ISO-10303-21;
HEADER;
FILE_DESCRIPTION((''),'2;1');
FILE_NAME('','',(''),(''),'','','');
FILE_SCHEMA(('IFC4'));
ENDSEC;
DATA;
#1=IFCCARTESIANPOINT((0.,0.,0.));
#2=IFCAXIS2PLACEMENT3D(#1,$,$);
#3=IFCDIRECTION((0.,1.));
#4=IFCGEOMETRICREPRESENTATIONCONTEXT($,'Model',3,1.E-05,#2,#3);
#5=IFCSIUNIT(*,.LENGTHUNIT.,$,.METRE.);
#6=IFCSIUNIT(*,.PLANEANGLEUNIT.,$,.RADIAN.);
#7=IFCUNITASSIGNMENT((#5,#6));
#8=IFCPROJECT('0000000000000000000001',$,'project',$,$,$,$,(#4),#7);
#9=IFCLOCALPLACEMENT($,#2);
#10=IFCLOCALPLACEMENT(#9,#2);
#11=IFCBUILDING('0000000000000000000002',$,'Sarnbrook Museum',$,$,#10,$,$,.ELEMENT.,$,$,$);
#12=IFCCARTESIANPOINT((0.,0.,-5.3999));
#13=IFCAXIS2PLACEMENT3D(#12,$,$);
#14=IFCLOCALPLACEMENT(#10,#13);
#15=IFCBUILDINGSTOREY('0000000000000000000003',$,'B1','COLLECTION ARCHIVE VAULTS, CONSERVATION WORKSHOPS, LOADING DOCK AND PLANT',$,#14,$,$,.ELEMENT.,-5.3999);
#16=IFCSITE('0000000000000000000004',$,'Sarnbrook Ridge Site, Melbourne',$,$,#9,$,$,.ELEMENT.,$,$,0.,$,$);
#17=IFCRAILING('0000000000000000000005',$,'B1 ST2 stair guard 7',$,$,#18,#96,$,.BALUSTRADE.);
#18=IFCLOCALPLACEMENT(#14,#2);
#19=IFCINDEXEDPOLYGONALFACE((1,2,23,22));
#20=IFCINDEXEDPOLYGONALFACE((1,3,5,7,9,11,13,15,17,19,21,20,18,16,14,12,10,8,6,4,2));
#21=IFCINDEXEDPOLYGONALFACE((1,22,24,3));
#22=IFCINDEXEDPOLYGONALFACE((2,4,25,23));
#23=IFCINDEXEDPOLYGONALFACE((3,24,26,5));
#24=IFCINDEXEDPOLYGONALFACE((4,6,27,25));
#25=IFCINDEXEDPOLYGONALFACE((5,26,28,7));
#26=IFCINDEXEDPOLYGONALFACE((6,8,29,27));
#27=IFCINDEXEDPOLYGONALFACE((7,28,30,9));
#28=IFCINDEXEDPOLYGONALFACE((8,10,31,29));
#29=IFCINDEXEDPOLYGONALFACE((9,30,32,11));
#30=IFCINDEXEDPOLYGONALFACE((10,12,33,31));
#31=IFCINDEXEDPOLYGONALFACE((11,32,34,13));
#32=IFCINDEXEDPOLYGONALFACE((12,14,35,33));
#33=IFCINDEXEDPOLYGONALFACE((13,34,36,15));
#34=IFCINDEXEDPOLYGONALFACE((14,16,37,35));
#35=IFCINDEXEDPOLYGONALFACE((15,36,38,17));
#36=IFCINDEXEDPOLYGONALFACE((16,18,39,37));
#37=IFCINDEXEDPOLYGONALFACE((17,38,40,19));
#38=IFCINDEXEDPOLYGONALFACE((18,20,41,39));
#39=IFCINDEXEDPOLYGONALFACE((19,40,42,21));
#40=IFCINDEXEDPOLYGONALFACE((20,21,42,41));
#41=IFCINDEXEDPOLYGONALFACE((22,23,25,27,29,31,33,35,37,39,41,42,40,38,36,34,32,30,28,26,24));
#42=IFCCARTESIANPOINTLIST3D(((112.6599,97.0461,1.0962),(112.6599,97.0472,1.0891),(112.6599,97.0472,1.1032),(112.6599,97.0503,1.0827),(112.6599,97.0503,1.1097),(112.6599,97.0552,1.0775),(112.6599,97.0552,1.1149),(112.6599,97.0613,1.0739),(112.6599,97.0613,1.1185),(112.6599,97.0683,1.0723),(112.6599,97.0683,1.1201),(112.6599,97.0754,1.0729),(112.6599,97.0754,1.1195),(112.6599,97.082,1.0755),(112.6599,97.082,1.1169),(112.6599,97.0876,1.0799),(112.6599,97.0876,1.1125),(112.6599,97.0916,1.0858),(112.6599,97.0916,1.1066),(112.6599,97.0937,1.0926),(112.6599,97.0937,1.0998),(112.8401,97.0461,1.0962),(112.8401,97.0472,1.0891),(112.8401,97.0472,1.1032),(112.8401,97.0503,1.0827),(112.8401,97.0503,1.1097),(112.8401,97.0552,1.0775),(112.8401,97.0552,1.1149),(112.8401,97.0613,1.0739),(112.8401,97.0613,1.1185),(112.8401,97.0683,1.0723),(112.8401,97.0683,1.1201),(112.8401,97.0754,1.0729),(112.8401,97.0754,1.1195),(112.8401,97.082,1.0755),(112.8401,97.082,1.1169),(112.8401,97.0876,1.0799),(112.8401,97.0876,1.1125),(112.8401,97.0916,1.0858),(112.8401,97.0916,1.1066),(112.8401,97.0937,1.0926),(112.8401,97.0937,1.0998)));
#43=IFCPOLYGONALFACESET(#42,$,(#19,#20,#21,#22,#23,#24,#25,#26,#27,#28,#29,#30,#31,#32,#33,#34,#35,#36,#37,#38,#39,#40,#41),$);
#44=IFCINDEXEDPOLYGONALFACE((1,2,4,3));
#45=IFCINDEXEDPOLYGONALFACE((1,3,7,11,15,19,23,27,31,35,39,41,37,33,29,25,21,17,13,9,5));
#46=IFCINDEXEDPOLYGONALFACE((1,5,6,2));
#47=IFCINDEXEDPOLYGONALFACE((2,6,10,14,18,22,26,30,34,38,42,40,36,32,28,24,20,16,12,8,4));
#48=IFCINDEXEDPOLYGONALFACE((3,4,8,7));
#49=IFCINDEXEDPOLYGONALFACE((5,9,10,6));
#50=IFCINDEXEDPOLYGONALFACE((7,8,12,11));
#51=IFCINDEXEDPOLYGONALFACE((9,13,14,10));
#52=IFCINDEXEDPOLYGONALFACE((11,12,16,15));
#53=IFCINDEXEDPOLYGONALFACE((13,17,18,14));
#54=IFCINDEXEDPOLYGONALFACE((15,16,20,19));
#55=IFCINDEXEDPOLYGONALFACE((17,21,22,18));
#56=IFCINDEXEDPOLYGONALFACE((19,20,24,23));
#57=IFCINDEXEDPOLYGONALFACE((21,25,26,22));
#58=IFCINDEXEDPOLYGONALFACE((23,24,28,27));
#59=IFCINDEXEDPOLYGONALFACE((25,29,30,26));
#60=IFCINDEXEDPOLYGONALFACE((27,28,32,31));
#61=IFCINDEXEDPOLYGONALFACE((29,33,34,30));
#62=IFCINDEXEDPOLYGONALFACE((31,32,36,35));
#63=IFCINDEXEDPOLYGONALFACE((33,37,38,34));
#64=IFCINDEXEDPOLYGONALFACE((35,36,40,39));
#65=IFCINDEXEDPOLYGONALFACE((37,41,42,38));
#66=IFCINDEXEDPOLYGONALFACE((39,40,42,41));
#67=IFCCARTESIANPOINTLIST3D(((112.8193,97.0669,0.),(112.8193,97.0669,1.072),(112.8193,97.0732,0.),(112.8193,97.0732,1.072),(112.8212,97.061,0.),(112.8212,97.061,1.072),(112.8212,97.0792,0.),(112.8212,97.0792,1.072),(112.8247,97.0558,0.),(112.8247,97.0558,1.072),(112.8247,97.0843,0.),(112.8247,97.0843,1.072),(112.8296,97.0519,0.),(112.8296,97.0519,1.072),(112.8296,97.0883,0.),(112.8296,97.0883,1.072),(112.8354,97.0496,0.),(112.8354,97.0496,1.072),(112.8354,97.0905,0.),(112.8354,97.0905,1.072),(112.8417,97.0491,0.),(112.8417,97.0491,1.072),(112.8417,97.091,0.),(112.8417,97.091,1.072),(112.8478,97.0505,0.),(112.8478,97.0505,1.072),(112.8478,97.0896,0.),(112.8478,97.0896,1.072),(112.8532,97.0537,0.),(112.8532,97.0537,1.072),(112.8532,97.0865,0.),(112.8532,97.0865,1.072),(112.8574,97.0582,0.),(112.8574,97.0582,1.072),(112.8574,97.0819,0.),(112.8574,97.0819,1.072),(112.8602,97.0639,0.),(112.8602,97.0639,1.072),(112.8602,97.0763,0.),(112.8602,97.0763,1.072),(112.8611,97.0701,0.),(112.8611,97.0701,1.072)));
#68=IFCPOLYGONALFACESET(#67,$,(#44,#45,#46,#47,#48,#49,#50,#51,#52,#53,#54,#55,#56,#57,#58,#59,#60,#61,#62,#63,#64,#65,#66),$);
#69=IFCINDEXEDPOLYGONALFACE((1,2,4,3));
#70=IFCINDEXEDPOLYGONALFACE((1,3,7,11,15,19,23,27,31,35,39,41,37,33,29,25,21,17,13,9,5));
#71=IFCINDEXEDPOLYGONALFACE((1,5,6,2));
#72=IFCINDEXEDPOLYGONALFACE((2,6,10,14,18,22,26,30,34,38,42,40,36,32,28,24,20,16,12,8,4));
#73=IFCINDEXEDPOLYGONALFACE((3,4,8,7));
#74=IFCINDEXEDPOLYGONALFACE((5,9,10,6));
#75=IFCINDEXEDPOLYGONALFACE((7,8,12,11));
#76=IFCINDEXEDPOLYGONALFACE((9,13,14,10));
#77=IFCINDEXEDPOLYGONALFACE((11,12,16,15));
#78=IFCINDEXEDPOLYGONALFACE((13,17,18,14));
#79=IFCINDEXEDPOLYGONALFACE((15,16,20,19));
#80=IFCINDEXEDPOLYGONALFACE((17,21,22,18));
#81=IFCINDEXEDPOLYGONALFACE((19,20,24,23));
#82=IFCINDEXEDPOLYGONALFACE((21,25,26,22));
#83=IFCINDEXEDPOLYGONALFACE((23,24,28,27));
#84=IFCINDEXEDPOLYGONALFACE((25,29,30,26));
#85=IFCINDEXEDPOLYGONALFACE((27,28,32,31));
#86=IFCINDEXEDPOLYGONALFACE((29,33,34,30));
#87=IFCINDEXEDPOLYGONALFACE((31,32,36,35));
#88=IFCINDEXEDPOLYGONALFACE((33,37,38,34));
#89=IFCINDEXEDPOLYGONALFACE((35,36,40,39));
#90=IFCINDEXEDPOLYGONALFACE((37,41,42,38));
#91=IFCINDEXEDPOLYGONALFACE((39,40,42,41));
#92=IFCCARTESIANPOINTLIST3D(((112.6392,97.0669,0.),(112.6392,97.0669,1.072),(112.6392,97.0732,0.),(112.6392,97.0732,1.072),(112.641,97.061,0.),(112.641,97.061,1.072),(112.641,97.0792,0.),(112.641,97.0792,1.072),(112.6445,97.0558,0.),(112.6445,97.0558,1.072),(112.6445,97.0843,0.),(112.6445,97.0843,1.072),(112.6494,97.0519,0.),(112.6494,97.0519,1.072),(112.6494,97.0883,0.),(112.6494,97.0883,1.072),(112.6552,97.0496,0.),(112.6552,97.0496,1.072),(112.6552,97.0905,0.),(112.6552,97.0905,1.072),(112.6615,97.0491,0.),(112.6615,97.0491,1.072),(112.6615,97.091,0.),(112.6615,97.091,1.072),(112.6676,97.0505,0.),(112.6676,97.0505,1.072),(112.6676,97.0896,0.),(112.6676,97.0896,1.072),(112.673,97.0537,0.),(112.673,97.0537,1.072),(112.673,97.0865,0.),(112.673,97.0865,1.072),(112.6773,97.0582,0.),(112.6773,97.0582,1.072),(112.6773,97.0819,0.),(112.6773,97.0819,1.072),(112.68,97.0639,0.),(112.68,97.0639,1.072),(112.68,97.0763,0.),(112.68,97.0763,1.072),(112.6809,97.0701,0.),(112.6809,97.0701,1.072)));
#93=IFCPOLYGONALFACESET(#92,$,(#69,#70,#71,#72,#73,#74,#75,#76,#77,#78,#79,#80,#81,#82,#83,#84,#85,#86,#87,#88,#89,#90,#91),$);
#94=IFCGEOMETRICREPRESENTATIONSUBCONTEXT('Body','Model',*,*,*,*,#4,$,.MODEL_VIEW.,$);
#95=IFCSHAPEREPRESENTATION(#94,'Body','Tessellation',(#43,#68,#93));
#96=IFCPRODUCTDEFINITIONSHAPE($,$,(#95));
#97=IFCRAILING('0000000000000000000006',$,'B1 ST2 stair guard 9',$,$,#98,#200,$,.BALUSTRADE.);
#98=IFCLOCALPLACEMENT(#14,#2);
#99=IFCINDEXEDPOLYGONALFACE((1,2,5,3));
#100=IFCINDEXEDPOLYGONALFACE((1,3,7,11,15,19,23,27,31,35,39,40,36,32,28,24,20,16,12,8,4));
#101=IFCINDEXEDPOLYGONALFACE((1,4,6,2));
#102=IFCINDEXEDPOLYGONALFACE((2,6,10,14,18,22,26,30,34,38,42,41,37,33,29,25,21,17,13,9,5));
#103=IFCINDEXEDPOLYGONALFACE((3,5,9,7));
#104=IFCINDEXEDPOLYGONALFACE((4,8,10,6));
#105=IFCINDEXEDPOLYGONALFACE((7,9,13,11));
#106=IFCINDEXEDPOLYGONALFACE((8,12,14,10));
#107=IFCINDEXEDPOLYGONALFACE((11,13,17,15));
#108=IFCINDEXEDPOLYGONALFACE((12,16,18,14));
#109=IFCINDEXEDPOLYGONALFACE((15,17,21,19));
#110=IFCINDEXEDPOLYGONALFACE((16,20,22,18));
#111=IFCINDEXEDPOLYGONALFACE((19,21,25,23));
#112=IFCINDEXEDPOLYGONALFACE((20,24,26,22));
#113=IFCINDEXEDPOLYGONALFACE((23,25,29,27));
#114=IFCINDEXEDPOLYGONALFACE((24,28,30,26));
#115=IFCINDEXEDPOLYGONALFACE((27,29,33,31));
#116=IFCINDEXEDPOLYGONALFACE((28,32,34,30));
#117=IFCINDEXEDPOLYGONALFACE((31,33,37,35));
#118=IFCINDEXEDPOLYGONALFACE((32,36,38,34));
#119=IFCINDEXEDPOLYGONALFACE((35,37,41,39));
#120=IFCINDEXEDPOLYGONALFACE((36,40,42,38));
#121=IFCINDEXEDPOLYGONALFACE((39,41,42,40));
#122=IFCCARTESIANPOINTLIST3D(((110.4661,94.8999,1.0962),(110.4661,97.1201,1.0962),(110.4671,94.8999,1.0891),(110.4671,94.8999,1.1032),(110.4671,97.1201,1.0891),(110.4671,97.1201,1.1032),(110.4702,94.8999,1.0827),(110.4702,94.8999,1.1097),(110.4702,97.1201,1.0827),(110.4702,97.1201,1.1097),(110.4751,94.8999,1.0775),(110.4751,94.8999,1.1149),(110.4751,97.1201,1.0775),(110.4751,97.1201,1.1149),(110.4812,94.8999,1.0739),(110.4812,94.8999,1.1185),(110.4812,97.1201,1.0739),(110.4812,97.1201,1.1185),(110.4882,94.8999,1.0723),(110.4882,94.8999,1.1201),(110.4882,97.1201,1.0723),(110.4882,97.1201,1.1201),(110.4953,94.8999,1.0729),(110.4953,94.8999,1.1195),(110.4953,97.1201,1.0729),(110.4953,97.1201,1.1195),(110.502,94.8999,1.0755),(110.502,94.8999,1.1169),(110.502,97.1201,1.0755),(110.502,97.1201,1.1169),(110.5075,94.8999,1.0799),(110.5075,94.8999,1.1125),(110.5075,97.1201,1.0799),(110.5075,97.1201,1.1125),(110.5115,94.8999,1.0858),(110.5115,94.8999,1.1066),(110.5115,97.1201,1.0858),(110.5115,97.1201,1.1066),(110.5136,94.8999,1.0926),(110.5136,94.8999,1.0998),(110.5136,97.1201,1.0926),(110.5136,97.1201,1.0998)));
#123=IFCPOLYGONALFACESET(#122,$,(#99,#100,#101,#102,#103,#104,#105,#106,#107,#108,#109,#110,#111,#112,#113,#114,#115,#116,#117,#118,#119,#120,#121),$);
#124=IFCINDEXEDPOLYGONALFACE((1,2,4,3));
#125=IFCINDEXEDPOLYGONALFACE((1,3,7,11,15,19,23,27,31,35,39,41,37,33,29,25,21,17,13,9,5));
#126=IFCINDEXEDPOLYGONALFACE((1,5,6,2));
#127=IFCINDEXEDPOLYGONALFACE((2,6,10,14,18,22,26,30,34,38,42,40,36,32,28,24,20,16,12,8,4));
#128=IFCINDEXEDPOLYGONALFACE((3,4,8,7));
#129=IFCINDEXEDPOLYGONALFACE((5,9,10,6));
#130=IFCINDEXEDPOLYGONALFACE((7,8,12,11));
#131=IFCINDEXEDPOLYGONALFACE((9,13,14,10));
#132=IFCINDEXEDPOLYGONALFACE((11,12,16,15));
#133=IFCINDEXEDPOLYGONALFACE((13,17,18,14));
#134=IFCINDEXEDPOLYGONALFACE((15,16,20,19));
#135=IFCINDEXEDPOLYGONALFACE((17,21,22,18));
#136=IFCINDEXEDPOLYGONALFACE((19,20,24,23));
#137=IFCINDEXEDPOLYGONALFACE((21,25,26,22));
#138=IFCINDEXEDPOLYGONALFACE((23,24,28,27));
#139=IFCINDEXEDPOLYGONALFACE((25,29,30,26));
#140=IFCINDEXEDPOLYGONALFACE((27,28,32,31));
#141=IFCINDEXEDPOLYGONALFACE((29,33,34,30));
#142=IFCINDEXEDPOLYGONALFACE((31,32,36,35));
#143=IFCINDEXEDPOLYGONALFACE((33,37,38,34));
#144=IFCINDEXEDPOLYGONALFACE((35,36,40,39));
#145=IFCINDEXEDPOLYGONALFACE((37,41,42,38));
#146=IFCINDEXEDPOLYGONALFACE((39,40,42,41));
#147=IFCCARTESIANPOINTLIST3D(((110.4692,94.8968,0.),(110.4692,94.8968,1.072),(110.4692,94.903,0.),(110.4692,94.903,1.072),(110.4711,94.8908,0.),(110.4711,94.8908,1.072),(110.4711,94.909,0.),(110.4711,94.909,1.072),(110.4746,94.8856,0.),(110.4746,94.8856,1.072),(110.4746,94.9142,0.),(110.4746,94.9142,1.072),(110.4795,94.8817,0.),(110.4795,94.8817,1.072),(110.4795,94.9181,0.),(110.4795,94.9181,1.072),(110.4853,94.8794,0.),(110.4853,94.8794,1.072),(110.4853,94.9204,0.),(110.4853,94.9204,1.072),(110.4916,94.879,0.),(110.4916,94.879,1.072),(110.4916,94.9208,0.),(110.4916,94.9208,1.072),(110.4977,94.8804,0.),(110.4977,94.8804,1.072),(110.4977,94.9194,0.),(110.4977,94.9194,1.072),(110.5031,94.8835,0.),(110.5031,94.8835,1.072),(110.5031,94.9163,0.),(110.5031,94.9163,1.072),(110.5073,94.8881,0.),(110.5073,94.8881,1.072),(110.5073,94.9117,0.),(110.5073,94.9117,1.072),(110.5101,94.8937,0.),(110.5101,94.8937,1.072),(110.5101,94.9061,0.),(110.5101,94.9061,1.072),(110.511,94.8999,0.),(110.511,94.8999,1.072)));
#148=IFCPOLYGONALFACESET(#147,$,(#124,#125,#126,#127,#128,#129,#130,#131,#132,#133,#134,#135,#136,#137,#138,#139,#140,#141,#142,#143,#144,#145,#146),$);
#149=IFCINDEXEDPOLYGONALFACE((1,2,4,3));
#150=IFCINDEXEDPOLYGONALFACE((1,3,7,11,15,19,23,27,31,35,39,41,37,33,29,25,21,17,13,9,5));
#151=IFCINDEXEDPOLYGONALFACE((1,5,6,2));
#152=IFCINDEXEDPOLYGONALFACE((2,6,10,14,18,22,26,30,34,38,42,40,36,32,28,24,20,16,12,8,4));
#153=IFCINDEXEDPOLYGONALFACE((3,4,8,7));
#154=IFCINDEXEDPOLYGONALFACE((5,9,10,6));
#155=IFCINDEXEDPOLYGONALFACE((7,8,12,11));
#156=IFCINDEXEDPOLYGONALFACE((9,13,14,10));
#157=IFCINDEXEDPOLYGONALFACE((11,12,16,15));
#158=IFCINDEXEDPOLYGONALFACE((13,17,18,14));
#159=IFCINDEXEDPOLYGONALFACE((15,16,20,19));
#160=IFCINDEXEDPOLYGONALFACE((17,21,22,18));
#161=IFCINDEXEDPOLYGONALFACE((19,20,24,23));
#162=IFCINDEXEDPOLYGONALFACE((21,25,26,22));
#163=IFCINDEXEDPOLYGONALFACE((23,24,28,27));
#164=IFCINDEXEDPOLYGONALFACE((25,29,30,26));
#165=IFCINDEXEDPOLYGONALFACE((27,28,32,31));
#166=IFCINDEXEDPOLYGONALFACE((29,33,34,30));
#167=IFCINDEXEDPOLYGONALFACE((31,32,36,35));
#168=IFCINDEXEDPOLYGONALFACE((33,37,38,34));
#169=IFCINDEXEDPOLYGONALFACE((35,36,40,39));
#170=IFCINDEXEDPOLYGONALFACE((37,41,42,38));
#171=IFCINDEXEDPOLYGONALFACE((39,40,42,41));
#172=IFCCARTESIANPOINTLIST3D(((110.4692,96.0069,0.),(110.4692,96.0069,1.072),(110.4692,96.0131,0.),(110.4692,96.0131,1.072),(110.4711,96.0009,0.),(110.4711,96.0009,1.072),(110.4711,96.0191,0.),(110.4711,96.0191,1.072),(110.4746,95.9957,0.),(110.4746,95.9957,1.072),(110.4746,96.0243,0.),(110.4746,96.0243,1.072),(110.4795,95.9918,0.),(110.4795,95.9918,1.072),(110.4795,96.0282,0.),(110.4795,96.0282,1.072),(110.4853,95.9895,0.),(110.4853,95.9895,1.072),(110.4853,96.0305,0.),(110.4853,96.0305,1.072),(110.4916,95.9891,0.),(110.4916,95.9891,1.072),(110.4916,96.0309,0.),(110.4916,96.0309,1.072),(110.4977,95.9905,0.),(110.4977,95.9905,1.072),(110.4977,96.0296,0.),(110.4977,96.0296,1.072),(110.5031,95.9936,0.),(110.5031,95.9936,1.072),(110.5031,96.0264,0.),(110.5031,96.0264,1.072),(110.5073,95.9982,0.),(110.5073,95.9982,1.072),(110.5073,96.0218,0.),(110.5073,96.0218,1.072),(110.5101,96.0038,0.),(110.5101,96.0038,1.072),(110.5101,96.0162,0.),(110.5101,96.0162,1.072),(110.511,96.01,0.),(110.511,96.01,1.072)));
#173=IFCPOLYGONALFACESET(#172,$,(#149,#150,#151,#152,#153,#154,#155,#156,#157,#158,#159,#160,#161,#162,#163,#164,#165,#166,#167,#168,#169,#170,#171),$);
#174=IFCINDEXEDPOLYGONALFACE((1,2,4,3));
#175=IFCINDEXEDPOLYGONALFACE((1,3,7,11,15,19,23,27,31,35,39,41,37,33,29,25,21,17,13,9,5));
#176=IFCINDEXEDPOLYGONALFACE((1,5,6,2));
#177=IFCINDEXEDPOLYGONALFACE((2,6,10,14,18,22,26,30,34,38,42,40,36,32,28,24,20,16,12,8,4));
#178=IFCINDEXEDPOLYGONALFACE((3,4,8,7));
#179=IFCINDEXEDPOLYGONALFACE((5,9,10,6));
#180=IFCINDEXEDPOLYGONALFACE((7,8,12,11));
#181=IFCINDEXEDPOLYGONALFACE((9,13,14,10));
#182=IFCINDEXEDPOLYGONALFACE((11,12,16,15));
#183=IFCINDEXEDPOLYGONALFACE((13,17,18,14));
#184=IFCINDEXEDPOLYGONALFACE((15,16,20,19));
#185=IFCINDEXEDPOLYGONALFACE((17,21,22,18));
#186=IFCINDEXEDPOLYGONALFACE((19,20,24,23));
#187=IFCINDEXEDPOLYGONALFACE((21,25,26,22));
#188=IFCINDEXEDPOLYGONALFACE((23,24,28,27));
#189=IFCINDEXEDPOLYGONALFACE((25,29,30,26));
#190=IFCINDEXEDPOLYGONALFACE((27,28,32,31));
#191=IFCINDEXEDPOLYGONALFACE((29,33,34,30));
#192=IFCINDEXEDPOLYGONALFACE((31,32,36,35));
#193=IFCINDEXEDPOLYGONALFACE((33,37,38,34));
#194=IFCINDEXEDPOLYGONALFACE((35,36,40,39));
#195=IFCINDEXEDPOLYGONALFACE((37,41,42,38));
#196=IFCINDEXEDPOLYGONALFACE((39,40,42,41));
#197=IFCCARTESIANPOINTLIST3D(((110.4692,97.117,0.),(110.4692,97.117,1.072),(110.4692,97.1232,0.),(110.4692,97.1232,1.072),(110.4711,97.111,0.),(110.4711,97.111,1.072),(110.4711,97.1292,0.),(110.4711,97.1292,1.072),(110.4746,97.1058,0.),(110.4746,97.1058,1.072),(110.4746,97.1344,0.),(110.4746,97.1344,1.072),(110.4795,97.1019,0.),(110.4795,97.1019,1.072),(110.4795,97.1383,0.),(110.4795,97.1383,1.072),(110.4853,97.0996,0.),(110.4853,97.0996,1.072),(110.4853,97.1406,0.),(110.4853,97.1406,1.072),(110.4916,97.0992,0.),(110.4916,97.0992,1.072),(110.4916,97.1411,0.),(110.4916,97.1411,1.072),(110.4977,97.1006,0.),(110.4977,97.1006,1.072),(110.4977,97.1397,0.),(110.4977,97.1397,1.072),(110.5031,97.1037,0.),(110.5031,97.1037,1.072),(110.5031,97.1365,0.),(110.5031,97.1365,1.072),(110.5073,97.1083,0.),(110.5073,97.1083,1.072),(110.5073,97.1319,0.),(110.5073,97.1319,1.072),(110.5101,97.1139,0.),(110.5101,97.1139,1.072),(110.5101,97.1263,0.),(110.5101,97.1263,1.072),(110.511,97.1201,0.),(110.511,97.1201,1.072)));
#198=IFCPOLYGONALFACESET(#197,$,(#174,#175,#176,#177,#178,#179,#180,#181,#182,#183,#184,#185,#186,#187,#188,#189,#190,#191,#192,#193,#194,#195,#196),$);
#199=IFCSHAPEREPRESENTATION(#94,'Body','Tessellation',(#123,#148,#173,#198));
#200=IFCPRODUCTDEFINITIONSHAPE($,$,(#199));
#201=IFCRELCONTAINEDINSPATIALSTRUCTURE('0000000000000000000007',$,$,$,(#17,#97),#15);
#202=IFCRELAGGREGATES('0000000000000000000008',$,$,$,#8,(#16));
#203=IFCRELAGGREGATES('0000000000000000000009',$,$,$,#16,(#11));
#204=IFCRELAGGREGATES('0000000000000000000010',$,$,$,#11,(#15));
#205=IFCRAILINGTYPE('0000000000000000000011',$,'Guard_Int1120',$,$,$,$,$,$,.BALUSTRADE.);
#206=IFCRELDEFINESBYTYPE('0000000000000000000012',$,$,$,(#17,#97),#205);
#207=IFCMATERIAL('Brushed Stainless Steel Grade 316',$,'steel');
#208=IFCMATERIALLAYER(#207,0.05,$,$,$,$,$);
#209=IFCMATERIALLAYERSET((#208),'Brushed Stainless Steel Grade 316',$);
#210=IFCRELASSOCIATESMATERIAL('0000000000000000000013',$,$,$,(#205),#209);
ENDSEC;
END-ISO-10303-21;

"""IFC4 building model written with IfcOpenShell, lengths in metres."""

from ifc_helpers import new_model, si_unit, direction, frame, origin, origin_2d, place, context, subcontext, project, spatial, circle, extrude, material, layer, layer_set, type_object, element, save


model = new_model("IFC4")

# Units and contexts
model_context = context("Model", 3, precision=1e-05, world=origin(), true_north=direction((0.0, 1.0)))
body_context = subcontext(model_context, "Body", "Model", "MODEL_VIEW")
ifc_project = project(units=[si_unit("LENGTHUNIT", "METRE"), si_unit("PLANEANGLEUNIT", "RADIAN")], contexts=[model_context])

# Site, building, storey
site_placement = place(None, origin())
site = spatial("IfcSite", under=ifc_project, at=site_placement, Name="Sarnbrook Ridge Site, Melbourne", CompositionType="ELEMENT", RefElevation=0.0)
building_placement = place(site_placement, origin())
building = spatial("IfcBuilding", under=site, at=building_placement, Name="Sarnbrook Museum", CompositionType="ELEMENT")
storey_placement = place(building_placement, frame((0.0, 0.0, -5.3999)))
storey = spatial("IfcBuildingStorey", under=building, at=storey_placement, Name="B1", Description="COLLECTION ARCHIVE VAULTS, CONSERVATION WORKSHOPS, LOADING DOCK AND PLANT", CompositionType="ELEMENT", Elevation=-5.3999)

# Railings
ifc_material_1 = material(Name="Brushed Stainless Steel Grade 316", Category="steel")
ifc_layer_1 = layer(ifc_material_1, 0.05)
ifc_layer_set_1 = layer_set([ifc_layer_1], Name="Brushed Stainless Steel Grade 316")
railing_type = type_object("IfcRailingType", Name="Guard_Int1120", PredefinedType="BALUSTRADE", material=ifc_layer_set_1)
railing_1_placement = place(storey_placement, frame((112.8401, 97.0701, 0.0)))
element("IfcRailing", 1, at=railing_1_placement, inside=storey, type_object=railing_type, Name="B1 ST2 stair guard 7", PredefinedType="BALUSTRADE", context=body_context, shape_type="SweptSolid", body=[
    extrude(circle(Radius=0.0239, at=origin_2d()), frame((0.0, 0.0, 1.0962), z_axis=(-1.0, 0.0, 0.0), x_axis=(0.0, -1.0, 0.0)), (0.0, 0.0, 1.0), 0.1802),
    extrude(circle(Radius=0.021, at=origin_2d()), origin(), (0.0, 0.0, 1.0), 1.072),
    extrude(circle(Radius=0.021, at=origin_2d()), frame((-0.1802, 0.0, 0.0)), (0.0, 0.0, 1.0), 1.072),
])
railing_2_placement = place(storey_placement, frame((110.49, 94.8999, 0.0)))
element("IfcRailing", 2, at=railing_2_placement, inside=storey, type_object=railing_type, Name="B1 ST2 stair guard 9", PredefinedType="BALUSTRADE", context=body_context, shape_type="SweptSolid", body=[
    extrude(circle(Radius=0.0239, at=origin_2d()), frame((0.0, 0.0, 1.0962), z_axis=(0.0, 1.0, 0.0), x_axis=(-1.0, 0.0, 0.0)), (0.0, 0.0, 1.0), 2.2202),
    extrude(circle(Radius=0.021, at=origin_2d()), origin(), (0.0, 0.0, 1.0), 1.072),
    extrude(circle(Radius=0.021, at=origin_2d()), frame((0.0, 1.1101, 0.0)), (0.0, 0.0, 1.0), 1.072),
    extrude(circle(Radius=0.021, at=origin_2d()), frame((0.0, 2.2202, 0.0)), (0.0, 0.0, 1.0), 1.072),
])

save(model, "model.ifc")
